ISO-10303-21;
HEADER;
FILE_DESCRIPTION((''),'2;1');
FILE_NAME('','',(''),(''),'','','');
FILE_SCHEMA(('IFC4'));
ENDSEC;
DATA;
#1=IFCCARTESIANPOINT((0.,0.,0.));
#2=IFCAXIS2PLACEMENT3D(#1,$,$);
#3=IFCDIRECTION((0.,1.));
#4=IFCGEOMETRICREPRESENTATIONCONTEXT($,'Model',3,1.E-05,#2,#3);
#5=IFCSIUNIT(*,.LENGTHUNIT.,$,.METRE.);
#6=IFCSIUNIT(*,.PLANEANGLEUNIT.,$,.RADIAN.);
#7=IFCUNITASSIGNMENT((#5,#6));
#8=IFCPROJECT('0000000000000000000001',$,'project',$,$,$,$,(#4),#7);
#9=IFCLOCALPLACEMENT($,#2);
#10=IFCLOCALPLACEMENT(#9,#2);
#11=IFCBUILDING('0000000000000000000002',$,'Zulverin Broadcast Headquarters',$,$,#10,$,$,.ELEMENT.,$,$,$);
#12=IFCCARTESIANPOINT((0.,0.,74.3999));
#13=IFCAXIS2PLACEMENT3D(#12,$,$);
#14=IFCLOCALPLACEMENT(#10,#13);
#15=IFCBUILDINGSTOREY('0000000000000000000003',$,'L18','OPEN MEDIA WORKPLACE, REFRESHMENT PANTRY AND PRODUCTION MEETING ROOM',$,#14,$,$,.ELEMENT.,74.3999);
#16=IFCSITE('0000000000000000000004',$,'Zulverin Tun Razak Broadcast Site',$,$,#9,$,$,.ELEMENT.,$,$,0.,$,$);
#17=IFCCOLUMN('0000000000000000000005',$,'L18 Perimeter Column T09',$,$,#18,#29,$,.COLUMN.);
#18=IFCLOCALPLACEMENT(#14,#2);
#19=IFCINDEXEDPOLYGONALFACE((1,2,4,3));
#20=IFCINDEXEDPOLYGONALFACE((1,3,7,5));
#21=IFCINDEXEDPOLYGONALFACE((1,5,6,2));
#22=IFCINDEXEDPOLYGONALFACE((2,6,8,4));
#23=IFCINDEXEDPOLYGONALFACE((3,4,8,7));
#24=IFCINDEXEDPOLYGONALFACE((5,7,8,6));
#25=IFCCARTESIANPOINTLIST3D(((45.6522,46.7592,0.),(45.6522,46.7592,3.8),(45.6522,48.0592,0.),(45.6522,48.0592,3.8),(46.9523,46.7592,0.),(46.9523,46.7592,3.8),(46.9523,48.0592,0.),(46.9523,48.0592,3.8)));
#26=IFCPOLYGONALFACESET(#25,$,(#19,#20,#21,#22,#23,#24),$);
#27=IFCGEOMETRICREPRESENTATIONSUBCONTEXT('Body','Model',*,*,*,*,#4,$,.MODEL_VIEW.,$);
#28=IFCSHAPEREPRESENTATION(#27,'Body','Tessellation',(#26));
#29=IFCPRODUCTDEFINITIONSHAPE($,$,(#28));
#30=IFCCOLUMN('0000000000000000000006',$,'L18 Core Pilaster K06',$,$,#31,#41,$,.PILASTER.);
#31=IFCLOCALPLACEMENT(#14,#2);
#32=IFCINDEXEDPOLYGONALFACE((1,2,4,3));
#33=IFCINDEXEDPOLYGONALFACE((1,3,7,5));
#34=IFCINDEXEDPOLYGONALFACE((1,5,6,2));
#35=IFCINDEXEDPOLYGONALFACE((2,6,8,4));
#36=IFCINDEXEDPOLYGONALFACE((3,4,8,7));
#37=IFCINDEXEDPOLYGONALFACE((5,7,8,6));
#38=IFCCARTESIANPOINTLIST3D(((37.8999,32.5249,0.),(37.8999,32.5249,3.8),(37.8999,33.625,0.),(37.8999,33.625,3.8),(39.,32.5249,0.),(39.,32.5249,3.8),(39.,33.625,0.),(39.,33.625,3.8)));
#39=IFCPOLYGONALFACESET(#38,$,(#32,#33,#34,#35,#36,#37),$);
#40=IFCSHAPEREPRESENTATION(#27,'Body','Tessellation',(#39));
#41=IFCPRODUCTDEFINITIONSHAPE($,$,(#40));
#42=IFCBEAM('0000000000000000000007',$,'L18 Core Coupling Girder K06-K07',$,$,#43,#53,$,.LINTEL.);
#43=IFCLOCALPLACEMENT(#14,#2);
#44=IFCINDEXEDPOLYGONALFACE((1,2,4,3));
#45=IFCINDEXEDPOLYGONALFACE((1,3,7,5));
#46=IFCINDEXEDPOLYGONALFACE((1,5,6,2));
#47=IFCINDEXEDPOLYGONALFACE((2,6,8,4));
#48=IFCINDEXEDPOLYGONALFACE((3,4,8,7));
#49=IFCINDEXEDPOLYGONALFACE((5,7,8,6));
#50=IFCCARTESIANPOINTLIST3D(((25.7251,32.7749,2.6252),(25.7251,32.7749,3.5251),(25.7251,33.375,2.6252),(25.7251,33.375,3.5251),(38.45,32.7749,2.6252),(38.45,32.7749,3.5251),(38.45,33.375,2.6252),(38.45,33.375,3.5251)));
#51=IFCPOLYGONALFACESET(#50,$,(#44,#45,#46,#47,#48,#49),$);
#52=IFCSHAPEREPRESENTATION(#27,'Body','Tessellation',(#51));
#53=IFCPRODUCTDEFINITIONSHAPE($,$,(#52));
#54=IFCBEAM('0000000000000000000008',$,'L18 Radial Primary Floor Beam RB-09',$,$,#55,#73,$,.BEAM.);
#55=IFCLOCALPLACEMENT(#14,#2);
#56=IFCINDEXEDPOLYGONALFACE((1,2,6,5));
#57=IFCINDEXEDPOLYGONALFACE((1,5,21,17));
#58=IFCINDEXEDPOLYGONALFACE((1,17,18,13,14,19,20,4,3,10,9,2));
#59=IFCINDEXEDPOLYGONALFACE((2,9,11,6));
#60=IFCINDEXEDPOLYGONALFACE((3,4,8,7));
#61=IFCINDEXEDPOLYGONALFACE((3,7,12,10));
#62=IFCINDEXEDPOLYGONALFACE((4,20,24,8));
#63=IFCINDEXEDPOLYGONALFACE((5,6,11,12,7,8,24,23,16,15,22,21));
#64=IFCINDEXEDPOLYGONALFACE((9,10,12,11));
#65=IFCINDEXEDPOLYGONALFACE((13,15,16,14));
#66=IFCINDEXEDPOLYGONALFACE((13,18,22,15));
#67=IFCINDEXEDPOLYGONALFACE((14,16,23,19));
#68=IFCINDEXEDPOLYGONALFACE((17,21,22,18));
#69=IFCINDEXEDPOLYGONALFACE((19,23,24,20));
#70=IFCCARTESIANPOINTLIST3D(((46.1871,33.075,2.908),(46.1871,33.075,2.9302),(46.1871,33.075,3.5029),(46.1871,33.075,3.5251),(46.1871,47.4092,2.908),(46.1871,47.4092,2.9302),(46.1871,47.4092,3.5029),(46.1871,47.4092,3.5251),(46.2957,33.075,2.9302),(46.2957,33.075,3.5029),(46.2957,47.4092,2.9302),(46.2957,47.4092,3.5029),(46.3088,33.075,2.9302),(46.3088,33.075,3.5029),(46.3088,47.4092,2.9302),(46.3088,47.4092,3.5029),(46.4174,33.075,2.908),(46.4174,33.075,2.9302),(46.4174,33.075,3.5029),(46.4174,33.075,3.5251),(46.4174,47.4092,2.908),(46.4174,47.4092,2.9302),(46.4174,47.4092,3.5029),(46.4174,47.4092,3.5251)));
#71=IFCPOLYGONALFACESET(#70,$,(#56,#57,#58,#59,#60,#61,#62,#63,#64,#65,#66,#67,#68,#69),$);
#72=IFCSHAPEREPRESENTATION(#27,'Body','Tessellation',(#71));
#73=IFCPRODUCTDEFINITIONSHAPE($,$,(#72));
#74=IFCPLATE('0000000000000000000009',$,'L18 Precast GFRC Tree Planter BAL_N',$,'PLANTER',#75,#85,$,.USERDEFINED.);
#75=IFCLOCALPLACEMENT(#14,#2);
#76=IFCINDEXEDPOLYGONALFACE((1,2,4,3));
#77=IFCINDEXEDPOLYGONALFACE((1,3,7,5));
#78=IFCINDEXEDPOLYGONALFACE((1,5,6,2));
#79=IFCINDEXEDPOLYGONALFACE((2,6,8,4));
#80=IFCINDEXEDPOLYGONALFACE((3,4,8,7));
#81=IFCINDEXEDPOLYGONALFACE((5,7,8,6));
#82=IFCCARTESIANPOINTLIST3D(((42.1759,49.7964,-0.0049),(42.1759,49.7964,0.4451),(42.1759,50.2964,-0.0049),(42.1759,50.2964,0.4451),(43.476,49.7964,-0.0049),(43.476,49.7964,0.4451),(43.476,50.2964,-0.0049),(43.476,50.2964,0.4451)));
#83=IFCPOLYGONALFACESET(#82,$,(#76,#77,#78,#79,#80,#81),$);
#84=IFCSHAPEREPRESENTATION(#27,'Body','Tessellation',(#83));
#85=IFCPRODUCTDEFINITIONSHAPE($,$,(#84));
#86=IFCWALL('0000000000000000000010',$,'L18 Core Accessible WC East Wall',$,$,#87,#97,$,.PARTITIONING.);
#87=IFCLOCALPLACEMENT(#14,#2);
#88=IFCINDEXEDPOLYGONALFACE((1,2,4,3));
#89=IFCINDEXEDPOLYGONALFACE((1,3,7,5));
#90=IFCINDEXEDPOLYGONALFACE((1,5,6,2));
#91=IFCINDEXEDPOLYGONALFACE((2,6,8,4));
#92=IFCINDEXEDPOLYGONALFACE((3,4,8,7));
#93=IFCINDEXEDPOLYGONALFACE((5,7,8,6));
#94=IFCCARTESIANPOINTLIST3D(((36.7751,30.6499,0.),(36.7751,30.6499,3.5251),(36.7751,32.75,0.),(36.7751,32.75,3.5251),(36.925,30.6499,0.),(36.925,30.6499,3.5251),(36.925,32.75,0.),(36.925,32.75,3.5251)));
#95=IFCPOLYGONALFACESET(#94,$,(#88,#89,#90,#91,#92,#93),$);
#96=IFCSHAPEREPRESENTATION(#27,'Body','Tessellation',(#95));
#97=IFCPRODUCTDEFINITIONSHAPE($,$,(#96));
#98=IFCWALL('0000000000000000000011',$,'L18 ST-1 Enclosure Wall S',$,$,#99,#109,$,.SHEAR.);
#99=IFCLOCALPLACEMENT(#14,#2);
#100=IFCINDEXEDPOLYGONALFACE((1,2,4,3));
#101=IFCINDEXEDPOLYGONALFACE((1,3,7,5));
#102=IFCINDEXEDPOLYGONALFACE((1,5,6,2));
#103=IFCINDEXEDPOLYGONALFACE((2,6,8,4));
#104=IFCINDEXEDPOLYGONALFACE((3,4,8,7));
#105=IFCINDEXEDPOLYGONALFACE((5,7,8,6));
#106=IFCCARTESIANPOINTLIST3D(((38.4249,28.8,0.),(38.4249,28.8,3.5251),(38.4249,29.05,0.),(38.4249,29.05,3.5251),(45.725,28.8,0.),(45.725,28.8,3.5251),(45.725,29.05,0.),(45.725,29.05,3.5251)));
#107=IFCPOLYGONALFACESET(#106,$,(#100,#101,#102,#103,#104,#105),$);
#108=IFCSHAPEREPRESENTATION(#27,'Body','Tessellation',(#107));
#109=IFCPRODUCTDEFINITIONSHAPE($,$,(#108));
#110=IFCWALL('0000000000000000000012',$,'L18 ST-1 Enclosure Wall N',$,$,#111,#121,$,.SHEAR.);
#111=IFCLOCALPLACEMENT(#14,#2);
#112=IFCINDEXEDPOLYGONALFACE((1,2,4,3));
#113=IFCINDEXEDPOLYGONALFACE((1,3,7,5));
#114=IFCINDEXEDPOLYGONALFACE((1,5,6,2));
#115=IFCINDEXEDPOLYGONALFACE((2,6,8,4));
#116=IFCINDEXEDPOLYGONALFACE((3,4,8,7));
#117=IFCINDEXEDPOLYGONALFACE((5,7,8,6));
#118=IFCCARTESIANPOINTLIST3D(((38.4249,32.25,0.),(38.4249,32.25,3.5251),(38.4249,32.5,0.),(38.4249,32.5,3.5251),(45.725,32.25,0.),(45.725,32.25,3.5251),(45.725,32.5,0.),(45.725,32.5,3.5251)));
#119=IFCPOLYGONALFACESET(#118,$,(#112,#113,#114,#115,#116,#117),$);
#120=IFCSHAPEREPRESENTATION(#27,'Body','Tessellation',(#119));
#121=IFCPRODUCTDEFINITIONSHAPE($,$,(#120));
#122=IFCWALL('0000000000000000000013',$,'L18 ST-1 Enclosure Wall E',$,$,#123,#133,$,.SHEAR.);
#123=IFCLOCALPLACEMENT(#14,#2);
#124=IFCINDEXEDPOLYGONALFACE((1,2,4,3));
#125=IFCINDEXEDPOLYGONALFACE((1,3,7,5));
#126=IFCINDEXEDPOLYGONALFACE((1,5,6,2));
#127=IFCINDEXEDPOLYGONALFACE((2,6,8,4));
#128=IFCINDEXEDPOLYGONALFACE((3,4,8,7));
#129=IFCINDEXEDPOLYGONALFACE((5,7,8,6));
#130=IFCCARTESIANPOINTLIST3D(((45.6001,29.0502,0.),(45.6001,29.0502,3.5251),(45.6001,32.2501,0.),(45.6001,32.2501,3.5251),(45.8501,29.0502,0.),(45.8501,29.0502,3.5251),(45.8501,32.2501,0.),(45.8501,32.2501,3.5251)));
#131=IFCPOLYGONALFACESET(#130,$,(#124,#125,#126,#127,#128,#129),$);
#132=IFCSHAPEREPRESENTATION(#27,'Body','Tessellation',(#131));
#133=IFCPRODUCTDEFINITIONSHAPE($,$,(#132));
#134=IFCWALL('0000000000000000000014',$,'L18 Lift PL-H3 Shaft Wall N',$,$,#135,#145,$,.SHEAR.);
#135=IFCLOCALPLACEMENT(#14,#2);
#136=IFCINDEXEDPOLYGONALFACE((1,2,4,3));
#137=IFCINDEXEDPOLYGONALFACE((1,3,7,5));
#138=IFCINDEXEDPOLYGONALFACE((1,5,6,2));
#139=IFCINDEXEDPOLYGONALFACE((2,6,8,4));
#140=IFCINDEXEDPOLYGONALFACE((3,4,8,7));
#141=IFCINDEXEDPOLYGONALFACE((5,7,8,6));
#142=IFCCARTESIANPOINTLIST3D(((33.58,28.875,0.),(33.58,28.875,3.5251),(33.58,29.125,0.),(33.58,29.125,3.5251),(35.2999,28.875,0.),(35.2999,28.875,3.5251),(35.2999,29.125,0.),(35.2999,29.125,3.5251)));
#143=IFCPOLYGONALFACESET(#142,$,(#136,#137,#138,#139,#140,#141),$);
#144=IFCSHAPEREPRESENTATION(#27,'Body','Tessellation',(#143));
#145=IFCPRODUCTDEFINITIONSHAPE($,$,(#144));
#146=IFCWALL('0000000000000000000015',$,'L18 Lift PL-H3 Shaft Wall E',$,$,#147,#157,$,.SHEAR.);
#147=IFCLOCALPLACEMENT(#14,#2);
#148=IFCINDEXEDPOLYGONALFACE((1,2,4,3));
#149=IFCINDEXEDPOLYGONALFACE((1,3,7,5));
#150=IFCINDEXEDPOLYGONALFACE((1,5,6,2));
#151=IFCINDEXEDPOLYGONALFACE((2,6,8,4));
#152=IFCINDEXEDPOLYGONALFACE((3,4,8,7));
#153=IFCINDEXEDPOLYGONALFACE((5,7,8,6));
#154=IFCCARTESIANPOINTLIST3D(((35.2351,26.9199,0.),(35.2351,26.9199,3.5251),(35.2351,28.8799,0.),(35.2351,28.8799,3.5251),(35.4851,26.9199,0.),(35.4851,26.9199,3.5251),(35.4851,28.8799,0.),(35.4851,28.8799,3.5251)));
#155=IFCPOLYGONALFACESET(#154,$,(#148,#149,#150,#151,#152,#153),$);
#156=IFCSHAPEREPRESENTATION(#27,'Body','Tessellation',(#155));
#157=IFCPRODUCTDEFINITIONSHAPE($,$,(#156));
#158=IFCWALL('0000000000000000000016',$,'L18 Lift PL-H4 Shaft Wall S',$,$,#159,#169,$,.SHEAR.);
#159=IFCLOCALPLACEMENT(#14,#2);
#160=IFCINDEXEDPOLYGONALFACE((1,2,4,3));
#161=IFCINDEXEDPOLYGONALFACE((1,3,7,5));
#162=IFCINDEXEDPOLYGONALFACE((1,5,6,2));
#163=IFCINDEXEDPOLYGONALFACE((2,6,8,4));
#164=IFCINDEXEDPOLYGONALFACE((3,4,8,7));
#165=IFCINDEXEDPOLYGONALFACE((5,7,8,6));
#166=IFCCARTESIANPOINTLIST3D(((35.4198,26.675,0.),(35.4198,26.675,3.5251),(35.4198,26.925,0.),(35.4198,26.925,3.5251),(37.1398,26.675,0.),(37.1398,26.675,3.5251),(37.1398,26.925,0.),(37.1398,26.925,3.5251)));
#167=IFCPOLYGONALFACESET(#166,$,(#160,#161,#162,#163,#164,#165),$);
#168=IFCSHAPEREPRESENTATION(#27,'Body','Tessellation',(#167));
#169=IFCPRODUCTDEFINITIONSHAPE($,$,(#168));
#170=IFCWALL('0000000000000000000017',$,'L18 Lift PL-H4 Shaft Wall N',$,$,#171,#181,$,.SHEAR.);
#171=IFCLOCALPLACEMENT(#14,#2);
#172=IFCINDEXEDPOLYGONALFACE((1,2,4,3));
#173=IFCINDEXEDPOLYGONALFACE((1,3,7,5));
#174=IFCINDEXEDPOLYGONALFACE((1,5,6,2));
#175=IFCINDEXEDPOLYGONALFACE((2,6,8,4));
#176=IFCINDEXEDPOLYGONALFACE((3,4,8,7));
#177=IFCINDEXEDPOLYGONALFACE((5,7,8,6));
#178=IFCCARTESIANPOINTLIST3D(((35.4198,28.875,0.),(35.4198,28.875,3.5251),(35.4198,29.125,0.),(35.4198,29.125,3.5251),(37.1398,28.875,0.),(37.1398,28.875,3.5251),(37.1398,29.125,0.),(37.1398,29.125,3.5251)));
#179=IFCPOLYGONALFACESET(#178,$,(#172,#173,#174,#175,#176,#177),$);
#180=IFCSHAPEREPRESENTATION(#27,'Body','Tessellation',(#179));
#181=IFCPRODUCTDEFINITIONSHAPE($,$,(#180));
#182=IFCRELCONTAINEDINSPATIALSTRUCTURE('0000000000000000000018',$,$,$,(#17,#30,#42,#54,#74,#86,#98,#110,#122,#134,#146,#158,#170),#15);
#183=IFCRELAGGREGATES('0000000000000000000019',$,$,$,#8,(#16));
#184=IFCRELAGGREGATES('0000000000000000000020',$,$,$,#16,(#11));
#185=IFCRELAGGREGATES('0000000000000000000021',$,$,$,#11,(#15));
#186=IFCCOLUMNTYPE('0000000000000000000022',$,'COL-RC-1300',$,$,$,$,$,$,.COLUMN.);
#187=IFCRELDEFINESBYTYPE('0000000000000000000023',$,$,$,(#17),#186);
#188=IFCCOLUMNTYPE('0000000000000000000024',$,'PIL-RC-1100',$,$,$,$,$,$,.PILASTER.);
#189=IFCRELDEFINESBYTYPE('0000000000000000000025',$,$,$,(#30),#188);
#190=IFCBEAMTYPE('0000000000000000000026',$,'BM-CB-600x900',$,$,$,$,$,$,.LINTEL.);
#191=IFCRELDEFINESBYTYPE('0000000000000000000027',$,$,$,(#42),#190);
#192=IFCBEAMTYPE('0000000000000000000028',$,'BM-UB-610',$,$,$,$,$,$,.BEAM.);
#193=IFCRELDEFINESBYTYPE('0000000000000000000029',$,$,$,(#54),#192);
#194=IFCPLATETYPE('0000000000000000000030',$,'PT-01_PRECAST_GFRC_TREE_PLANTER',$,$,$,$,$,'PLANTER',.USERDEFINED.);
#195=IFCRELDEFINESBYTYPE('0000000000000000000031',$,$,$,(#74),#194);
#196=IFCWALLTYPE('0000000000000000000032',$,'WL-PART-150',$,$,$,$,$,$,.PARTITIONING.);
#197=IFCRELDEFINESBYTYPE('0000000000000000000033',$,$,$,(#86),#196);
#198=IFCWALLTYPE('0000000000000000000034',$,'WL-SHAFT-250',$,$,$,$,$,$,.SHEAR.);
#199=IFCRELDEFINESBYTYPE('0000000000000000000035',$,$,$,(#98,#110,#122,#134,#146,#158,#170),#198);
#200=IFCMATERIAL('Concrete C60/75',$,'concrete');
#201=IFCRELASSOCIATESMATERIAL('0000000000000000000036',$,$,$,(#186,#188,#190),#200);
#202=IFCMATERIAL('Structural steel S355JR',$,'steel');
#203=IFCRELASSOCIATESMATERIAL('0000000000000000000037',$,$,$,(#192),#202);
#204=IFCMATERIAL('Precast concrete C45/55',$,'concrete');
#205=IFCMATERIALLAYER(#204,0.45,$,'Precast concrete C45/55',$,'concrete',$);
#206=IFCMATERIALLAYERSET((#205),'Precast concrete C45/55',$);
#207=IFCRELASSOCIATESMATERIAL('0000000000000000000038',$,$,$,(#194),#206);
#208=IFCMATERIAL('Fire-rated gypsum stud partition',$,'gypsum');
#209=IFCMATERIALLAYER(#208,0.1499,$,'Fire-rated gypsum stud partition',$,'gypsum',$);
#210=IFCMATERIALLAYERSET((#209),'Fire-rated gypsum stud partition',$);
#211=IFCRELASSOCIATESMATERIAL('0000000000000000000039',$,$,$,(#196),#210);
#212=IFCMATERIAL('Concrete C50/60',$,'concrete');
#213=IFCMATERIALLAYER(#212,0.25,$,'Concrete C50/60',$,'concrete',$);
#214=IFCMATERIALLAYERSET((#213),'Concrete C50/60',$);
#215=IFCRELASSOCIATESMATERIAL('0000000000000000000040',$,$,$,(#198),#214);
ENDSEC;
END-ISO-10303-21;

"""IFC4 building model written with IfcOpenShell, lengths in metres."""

from ifc_helpers import new_model, si_unit, direction, frame, frame_2d, origin, origin_2d, place, context, subcontext, project, spatial, rectangle, i_section, extrude, material, layer, layer_set, material_profile, profile_set, type_object, element, save


model = new_model("IFC4")

# Units and contexts
model_context = context("Model", 3, precision=1e-05, world=origin(), true_north=direction((0.0, 1.0)))
body_context = subcontext(model_context, "Body", "Model", "MODEL_VIEW")
ifc_project = project(units=[si_unit("LENGTHUNIT", "METRE"), si_unit("PLANEANGLEUNIT", "RADIAN")], contexts=[model_context])

# Site, building, storey
site_placement = place(None, origin())
site = spatial("IfcSite", under=ifc_project, at=site_placement, Name="Zulverin Tun Razak Broadcast Site", CompositionType="ELEMENT", RefElevation=0.0)
building_placement = place(site_placement, origin())
building = spatial("IfcBuilding", under=site, at=building_placement, Name="Zulverin Broadcast Headquarters", CompositionType="ELEMENT")
storey_placement = place(building_placement, frame((0.0, 0.0, 74.3999)))
storey = spatial("IfcBuildingStorey", under=building, at=storey_placement, Name="L18", Description="OPEN MEDIA WORKPLACE, REFRESHMENT PANTRY AND PRODUCTION MEETING ROOM", CompositionType="ELEMENT", Elevation=74.3999)

# Columns
ifc_material_1 = material(Name="Concrete C60/75", Category="concrete")
ifc_material_profile_1 = material_profile(ifc_material_1, rectangle(XDim=1.3, YDim=1.3, at=origin_2d()), Name="Concrete C60/75", Category="concrete")
ifc_profile_set_1 = profile_set([ifc_material_profile_1], Name="Concrete C60/75")
column_type_1 = type_object("IfcColumnType", Name="COL-RC-1300", PredefinedType="COLUMN", material=ifc_profile_set_1)
column_1_placement = place(storey_placement, frame((46.3022, 47.4092, 0.0), z_axis=(0.0, 0.0, 1.0), x_axis=(1.0, 0.0, 0.0)))
element("IfcColumn", 1, at=column_1_placement, inside=storey, type_object=column_type_1, Name="L18 Perimeter Column T09", PredefinedType="COLUMN", context=body_context, shape_type="SweptSolid", body=[
    extrude(rectangle(XDim=1.3, YDim=1.3, at=origin_2d()), origin(), (0.0, 0.0, 1.0), 3.8),
])
ifc_material_profile_2 = material_profile(ifc_material_1, rectangle(XDim=1.1001, YDim=1.1001, at=origin_2d()), Name="Concrete C60/75", Category="concrete")
ifc_profile_set_2 = profile_set([ifc_material_profile_2], Name="Concrete C60/75")
column_type_2 = type_object("IfcColumnType", Name="PIL-RC-1100", PredefinedType="PILASTER", material=ifc_profile_set_2)
column_2_placement = place(storey_placement, frame((38.45, 33.075, 0.0), z_axis=(0.0, 0.0, 1.0), x_axis=(1.0, 0.0, 0.0)))
element("IfcColumn", 2, at=column_2_placement, inside=storey, type_object=column_type_2, Name="L18 Core Pilaster K06", PredefinedType="PILASTER", context=body_context, shape_type="SweptSolid", body=[
    extrude(rectangle(XDim=1.1001, YDim=1.1001, at=origin_2d()), origin(), (0.0, 0.0, 1.0), 3.8),
])

# Beams
ifc_material_profile_3 = material_profile(ifc_material_1, rectangle(XDim=0.6001, YDim=0.8999, at=origin_2d()), Name="Concrete C60/75", Category="concrete")
ifc_profile_set_3 = profile_set([ifc_material_profile_3], Name="Concrete C60/75")
beam_type_1 = type_object("IfcBeamType", Name="BM-CB-600x900", PredefinedType="LINTEL", material=ifc_profile_set_3)
beam_1_placement = place(storey_placement, frame((38.45, 33.075, 3.0752), z_axis=(-1.0, 0.0, 0.0), x_axis=(0.0, -1.0, 0.0)))
element("IfcBeam", 3, at=beam_1_placement, inside=storey, type_object=beam_type_1, Name="L18 Core Coupling Girder K06-K07", PredefinedType="LINTEL", context=body_context, shape_type="SweptSolid", body=[
    extrude(rectangle(XDim=0.6001, YDim=0.8999, at=origin_2d()), origin(), (0.0, 0.0, 1.0), 12.7249),
])
ifc_material_2 = material(Name="Structural steel S355JR", Category="steel")
ifc_material_profile_4 = material_profile(ifc_material_2, i_section(OverallWidth=0.2302, OverallDepth=0.6172, WebThickness=0.0132, FlangeThickness=0.0222, at=origin_2d()), Name="Structural steel S355JR", Category="steel")
ifc_profile_set_4 = profile_set([ifc_material_profile_4], Name="Structural steel S355JR")
beam_type_2 = type_object("IfcBeamType", Name="BM-UB-610", PredefinedType="BEAM", material=ifc_profile_set_4)
beam_2_placement = place(storey_placement, frame((46.3022, 33.075, 3.2166), z_axis=(0.0, 1.0, 0.0), x_axis=(-1.0, 0.0, 0.0)))
element("IfcBeam", 4, at=beam_2_placement, inside=storey, type_object=beam_type_2, Name="L18 Radial Primary Floor Beam RB-09", PredefinedType="BEAM", context=body_context, shape_type="SweptSolid", body=[
    extrude(i_section(OverallWidth=0.2302, OverallDepth=0.6172, WebThickness=0.0132, FlangeThickness=0.0222, at=origin_2d()), origin(), (0.0, 0.0, 1.0), 14.3342),
])

# Plate
ifc_material_3 = material(Name="Precast concrete C45/55", Category="concrete")
ifc_layer_1 = layer(ifc_material_3, 0.45, Name="Precast concrete C45/55", Category="concrete")
ifc_layer_set_1 = layer_set([ifc_layer_1], Name="Precast concrete C45/55")
plate_type = type_object("IfcPlateType", Name="PT-01_PRECAST_GFRC_TREE_PLANTER", ElementType="PLANTER", PredefinedType="USERDEFINED", material=ifc_layer_set_1)
plate_placement = place(storey_placement, frame((42.8259, 50.0464, -0.0049), z_axis=(0.0, 0.0, 1.0), x_axis=(1.0, 0.0, 0.0)))
element("IfcPlate", 5, at=plate_placement, inside=storey, type_object=plate_type, Name="L18 Precast GFRC Tree Planter BAL_N", ObjectType="PLANTER", PredefinedType="USERDEFINED", context=body_context, shape_type="SweptSolid", body=[
    extrude(rectangle(XDim=1.3, YDim=0.5, at=origin_2d()), origin(), (0.0, 0.0, 1.0), 0.45),
])

# Walls
ifc_material_4 = material(Name="Fire-rated gypsum stud partition", Category="gypsum")
ifc_layer_2 = layer(ifc_material_4, 0.1499, Name="Fire-rated gypsum stud partition", Category="gypsum")
ifc_layer_set_2 = layer_set([ifc_layer_2], Name="Fire-rated gypsum stud partition")
wall_type_1 = type_object("IfcWallType", Name="WL-PART-150", PredefinedType="PARTITIONING", material=ifc_layer_set_2)
wall_1_placement = place(storey_placement, frame((36.8501, 30.6499, 0.0), z_axis=(0.0, 0.0, 1.0), x_axis=(0.0, 1.0, 0.0)))
element("IfcWall", 6, at=wall_1_placement, inside=storey, type_object=wall_type_1, Name="L18 Core Accessible WC East Wall", PredefinedType="PARTITIONING", context=body_context, shape_type="SweptSolid", body=[
    extrude(rectangle(XDim=2.1001, YDim=0.1499, at=frame_2d((1.05, 0.0))), origin(), (0.0, 0.0, 1.0), 3.5251),
])
ifc_material_5 = material(Name="Concrete C50/60", Category="concrete")
ifc_layer_3 = layer(ifc_material_5, 0.25, Name="Concrete C50/60", Category="concrete")
ifc_layer_set_3 = layer_set([ifc_layer_3], Name="Concrete C50/60")
wall_type_2 = type_object("IfcWallType", Name="WL-SHAFT-250", PredefinedType="SHEAR", material=ifc_layer_set_3)
for number, where, z_axis, x_axis, name in (
    (7, (38.425, 28.925, 0.0), (0.0, 0.0, 1.0), (1.0, 0.0, 0.0), "L18 ST-1 Enclosure Wall S"),
    (8, (38.425, 32.375, 0.0), (0.0, 0.0, 1.0), (1.0, 0.0, 0.0), "L18 ST-1 Enclosure Wall N"),
):
    element("IfcWall", number, at=place(storey_placement, frame(where, z_axis=z_axis, x_axis=x_axis)), inside=storey, type_object=wall_type_2, Name=name, PredefinedType="SHEAR", context=body_context, shape_type="SweptSolid", body=[
        extrude(rectangle(XDim=7.3, YDim=0.25, at=frame_2d((3.6499, 0.0))), origin(), (0.0, 0.0, 1.0), 3.5251),
    ])

# Walls
wall_2_placement = place(storey_placement, frame((45.7251, 29.05, 0.0), z_axis=(0.0, 0.0, 1.0), x_axis=(0.0, 1.0, 0.0)))
element("IfcWall", 9, at=wall_2_placement, inside=storey, type_object=wall_type_2, Name="L18 ST-1 Enclosure Wall E", PredefinedType="SHEAR", context=body_context, shape_type="SweptSolid", body=[
    extrude(rectangle(XDim=3.2, YDim=0.25, at=frame_2d((1.6001, 0.0))), origin(), (0.0, 0.0, 1.0), 3.5251),
])
wall_3_placement = place(storey_placement, frame((33.5801, 29.0, 0.0), z_axis=(0.0, 0.0, 1.0), x_axis=(1.0, 0.0, 0.0)))
element("IfcWall", 10, at=wall_3_placement, inside=storey, type_object=wall_type_2, Name="L18 Lift PL-H3 Shaft Wall N", PredefinedType="SHEAR", context=body_context, shape_type="SweptSolid", body=[
    extrude(rectangle(XDim=1.72, YDim=0.25, at=frame_2d((0.8599, 0.0))), origin(), (0.0, 0.0, 1.0), 3.5251),
])
wall_4_placement = place(storey_placement, frame((35.3601, 26.9199, 0.0), z_axis=(0.0, 0.0, 1.0), x_axis=(0.0, 1.0, 0.0)))
element("IfcWall", 11, at=wall_4_placement, inside=storey, type_object=wall_type_2, Name="L18 Lift PL-H3 Shaft Wall E", PredefinedType="SHEAR", context=body_context, shape_type="SweptSolid", body=[
    extrude(rectangle(XDim=1.96, YDim=0.25, at=frame_2d((0.98, 0.0))), origin(), (0.0, 0.0, 1.0), 3.5251),
])
for number, where, z_axis, x_axis, name in (
    (12, (35.4199, 26.8, 0.0), (0.0, 0.0, 1.0), (1.0, 0.0, 0.0), "L18 Lift PL-H4 Shaft Wall S"),
    (13, (35.4199, 29.0, 0.0), (0.0, 0.0, 1.0), (1.0, 0.0, 0.0), "L18 Lift PL-H4 Shaft Wall N"),
):
    element("IfcWall", number, at=place(storey_placement, frame(where, z_axis=z_axis, x_axis=x_axis)), inside=storey, type_object=wall_type_2, Name=name, PredefinedType="SHEAR", context=body_context, shape_type="SweptSolid", body=[
        extrude(rectangle(XDim=1.72, YDim=0.25, at=frame_2d((0.8599, 0.0))), origin(), (0.0, 0.0, 1.0), 3.5251),
    ])

save(model, "model.ifc")
